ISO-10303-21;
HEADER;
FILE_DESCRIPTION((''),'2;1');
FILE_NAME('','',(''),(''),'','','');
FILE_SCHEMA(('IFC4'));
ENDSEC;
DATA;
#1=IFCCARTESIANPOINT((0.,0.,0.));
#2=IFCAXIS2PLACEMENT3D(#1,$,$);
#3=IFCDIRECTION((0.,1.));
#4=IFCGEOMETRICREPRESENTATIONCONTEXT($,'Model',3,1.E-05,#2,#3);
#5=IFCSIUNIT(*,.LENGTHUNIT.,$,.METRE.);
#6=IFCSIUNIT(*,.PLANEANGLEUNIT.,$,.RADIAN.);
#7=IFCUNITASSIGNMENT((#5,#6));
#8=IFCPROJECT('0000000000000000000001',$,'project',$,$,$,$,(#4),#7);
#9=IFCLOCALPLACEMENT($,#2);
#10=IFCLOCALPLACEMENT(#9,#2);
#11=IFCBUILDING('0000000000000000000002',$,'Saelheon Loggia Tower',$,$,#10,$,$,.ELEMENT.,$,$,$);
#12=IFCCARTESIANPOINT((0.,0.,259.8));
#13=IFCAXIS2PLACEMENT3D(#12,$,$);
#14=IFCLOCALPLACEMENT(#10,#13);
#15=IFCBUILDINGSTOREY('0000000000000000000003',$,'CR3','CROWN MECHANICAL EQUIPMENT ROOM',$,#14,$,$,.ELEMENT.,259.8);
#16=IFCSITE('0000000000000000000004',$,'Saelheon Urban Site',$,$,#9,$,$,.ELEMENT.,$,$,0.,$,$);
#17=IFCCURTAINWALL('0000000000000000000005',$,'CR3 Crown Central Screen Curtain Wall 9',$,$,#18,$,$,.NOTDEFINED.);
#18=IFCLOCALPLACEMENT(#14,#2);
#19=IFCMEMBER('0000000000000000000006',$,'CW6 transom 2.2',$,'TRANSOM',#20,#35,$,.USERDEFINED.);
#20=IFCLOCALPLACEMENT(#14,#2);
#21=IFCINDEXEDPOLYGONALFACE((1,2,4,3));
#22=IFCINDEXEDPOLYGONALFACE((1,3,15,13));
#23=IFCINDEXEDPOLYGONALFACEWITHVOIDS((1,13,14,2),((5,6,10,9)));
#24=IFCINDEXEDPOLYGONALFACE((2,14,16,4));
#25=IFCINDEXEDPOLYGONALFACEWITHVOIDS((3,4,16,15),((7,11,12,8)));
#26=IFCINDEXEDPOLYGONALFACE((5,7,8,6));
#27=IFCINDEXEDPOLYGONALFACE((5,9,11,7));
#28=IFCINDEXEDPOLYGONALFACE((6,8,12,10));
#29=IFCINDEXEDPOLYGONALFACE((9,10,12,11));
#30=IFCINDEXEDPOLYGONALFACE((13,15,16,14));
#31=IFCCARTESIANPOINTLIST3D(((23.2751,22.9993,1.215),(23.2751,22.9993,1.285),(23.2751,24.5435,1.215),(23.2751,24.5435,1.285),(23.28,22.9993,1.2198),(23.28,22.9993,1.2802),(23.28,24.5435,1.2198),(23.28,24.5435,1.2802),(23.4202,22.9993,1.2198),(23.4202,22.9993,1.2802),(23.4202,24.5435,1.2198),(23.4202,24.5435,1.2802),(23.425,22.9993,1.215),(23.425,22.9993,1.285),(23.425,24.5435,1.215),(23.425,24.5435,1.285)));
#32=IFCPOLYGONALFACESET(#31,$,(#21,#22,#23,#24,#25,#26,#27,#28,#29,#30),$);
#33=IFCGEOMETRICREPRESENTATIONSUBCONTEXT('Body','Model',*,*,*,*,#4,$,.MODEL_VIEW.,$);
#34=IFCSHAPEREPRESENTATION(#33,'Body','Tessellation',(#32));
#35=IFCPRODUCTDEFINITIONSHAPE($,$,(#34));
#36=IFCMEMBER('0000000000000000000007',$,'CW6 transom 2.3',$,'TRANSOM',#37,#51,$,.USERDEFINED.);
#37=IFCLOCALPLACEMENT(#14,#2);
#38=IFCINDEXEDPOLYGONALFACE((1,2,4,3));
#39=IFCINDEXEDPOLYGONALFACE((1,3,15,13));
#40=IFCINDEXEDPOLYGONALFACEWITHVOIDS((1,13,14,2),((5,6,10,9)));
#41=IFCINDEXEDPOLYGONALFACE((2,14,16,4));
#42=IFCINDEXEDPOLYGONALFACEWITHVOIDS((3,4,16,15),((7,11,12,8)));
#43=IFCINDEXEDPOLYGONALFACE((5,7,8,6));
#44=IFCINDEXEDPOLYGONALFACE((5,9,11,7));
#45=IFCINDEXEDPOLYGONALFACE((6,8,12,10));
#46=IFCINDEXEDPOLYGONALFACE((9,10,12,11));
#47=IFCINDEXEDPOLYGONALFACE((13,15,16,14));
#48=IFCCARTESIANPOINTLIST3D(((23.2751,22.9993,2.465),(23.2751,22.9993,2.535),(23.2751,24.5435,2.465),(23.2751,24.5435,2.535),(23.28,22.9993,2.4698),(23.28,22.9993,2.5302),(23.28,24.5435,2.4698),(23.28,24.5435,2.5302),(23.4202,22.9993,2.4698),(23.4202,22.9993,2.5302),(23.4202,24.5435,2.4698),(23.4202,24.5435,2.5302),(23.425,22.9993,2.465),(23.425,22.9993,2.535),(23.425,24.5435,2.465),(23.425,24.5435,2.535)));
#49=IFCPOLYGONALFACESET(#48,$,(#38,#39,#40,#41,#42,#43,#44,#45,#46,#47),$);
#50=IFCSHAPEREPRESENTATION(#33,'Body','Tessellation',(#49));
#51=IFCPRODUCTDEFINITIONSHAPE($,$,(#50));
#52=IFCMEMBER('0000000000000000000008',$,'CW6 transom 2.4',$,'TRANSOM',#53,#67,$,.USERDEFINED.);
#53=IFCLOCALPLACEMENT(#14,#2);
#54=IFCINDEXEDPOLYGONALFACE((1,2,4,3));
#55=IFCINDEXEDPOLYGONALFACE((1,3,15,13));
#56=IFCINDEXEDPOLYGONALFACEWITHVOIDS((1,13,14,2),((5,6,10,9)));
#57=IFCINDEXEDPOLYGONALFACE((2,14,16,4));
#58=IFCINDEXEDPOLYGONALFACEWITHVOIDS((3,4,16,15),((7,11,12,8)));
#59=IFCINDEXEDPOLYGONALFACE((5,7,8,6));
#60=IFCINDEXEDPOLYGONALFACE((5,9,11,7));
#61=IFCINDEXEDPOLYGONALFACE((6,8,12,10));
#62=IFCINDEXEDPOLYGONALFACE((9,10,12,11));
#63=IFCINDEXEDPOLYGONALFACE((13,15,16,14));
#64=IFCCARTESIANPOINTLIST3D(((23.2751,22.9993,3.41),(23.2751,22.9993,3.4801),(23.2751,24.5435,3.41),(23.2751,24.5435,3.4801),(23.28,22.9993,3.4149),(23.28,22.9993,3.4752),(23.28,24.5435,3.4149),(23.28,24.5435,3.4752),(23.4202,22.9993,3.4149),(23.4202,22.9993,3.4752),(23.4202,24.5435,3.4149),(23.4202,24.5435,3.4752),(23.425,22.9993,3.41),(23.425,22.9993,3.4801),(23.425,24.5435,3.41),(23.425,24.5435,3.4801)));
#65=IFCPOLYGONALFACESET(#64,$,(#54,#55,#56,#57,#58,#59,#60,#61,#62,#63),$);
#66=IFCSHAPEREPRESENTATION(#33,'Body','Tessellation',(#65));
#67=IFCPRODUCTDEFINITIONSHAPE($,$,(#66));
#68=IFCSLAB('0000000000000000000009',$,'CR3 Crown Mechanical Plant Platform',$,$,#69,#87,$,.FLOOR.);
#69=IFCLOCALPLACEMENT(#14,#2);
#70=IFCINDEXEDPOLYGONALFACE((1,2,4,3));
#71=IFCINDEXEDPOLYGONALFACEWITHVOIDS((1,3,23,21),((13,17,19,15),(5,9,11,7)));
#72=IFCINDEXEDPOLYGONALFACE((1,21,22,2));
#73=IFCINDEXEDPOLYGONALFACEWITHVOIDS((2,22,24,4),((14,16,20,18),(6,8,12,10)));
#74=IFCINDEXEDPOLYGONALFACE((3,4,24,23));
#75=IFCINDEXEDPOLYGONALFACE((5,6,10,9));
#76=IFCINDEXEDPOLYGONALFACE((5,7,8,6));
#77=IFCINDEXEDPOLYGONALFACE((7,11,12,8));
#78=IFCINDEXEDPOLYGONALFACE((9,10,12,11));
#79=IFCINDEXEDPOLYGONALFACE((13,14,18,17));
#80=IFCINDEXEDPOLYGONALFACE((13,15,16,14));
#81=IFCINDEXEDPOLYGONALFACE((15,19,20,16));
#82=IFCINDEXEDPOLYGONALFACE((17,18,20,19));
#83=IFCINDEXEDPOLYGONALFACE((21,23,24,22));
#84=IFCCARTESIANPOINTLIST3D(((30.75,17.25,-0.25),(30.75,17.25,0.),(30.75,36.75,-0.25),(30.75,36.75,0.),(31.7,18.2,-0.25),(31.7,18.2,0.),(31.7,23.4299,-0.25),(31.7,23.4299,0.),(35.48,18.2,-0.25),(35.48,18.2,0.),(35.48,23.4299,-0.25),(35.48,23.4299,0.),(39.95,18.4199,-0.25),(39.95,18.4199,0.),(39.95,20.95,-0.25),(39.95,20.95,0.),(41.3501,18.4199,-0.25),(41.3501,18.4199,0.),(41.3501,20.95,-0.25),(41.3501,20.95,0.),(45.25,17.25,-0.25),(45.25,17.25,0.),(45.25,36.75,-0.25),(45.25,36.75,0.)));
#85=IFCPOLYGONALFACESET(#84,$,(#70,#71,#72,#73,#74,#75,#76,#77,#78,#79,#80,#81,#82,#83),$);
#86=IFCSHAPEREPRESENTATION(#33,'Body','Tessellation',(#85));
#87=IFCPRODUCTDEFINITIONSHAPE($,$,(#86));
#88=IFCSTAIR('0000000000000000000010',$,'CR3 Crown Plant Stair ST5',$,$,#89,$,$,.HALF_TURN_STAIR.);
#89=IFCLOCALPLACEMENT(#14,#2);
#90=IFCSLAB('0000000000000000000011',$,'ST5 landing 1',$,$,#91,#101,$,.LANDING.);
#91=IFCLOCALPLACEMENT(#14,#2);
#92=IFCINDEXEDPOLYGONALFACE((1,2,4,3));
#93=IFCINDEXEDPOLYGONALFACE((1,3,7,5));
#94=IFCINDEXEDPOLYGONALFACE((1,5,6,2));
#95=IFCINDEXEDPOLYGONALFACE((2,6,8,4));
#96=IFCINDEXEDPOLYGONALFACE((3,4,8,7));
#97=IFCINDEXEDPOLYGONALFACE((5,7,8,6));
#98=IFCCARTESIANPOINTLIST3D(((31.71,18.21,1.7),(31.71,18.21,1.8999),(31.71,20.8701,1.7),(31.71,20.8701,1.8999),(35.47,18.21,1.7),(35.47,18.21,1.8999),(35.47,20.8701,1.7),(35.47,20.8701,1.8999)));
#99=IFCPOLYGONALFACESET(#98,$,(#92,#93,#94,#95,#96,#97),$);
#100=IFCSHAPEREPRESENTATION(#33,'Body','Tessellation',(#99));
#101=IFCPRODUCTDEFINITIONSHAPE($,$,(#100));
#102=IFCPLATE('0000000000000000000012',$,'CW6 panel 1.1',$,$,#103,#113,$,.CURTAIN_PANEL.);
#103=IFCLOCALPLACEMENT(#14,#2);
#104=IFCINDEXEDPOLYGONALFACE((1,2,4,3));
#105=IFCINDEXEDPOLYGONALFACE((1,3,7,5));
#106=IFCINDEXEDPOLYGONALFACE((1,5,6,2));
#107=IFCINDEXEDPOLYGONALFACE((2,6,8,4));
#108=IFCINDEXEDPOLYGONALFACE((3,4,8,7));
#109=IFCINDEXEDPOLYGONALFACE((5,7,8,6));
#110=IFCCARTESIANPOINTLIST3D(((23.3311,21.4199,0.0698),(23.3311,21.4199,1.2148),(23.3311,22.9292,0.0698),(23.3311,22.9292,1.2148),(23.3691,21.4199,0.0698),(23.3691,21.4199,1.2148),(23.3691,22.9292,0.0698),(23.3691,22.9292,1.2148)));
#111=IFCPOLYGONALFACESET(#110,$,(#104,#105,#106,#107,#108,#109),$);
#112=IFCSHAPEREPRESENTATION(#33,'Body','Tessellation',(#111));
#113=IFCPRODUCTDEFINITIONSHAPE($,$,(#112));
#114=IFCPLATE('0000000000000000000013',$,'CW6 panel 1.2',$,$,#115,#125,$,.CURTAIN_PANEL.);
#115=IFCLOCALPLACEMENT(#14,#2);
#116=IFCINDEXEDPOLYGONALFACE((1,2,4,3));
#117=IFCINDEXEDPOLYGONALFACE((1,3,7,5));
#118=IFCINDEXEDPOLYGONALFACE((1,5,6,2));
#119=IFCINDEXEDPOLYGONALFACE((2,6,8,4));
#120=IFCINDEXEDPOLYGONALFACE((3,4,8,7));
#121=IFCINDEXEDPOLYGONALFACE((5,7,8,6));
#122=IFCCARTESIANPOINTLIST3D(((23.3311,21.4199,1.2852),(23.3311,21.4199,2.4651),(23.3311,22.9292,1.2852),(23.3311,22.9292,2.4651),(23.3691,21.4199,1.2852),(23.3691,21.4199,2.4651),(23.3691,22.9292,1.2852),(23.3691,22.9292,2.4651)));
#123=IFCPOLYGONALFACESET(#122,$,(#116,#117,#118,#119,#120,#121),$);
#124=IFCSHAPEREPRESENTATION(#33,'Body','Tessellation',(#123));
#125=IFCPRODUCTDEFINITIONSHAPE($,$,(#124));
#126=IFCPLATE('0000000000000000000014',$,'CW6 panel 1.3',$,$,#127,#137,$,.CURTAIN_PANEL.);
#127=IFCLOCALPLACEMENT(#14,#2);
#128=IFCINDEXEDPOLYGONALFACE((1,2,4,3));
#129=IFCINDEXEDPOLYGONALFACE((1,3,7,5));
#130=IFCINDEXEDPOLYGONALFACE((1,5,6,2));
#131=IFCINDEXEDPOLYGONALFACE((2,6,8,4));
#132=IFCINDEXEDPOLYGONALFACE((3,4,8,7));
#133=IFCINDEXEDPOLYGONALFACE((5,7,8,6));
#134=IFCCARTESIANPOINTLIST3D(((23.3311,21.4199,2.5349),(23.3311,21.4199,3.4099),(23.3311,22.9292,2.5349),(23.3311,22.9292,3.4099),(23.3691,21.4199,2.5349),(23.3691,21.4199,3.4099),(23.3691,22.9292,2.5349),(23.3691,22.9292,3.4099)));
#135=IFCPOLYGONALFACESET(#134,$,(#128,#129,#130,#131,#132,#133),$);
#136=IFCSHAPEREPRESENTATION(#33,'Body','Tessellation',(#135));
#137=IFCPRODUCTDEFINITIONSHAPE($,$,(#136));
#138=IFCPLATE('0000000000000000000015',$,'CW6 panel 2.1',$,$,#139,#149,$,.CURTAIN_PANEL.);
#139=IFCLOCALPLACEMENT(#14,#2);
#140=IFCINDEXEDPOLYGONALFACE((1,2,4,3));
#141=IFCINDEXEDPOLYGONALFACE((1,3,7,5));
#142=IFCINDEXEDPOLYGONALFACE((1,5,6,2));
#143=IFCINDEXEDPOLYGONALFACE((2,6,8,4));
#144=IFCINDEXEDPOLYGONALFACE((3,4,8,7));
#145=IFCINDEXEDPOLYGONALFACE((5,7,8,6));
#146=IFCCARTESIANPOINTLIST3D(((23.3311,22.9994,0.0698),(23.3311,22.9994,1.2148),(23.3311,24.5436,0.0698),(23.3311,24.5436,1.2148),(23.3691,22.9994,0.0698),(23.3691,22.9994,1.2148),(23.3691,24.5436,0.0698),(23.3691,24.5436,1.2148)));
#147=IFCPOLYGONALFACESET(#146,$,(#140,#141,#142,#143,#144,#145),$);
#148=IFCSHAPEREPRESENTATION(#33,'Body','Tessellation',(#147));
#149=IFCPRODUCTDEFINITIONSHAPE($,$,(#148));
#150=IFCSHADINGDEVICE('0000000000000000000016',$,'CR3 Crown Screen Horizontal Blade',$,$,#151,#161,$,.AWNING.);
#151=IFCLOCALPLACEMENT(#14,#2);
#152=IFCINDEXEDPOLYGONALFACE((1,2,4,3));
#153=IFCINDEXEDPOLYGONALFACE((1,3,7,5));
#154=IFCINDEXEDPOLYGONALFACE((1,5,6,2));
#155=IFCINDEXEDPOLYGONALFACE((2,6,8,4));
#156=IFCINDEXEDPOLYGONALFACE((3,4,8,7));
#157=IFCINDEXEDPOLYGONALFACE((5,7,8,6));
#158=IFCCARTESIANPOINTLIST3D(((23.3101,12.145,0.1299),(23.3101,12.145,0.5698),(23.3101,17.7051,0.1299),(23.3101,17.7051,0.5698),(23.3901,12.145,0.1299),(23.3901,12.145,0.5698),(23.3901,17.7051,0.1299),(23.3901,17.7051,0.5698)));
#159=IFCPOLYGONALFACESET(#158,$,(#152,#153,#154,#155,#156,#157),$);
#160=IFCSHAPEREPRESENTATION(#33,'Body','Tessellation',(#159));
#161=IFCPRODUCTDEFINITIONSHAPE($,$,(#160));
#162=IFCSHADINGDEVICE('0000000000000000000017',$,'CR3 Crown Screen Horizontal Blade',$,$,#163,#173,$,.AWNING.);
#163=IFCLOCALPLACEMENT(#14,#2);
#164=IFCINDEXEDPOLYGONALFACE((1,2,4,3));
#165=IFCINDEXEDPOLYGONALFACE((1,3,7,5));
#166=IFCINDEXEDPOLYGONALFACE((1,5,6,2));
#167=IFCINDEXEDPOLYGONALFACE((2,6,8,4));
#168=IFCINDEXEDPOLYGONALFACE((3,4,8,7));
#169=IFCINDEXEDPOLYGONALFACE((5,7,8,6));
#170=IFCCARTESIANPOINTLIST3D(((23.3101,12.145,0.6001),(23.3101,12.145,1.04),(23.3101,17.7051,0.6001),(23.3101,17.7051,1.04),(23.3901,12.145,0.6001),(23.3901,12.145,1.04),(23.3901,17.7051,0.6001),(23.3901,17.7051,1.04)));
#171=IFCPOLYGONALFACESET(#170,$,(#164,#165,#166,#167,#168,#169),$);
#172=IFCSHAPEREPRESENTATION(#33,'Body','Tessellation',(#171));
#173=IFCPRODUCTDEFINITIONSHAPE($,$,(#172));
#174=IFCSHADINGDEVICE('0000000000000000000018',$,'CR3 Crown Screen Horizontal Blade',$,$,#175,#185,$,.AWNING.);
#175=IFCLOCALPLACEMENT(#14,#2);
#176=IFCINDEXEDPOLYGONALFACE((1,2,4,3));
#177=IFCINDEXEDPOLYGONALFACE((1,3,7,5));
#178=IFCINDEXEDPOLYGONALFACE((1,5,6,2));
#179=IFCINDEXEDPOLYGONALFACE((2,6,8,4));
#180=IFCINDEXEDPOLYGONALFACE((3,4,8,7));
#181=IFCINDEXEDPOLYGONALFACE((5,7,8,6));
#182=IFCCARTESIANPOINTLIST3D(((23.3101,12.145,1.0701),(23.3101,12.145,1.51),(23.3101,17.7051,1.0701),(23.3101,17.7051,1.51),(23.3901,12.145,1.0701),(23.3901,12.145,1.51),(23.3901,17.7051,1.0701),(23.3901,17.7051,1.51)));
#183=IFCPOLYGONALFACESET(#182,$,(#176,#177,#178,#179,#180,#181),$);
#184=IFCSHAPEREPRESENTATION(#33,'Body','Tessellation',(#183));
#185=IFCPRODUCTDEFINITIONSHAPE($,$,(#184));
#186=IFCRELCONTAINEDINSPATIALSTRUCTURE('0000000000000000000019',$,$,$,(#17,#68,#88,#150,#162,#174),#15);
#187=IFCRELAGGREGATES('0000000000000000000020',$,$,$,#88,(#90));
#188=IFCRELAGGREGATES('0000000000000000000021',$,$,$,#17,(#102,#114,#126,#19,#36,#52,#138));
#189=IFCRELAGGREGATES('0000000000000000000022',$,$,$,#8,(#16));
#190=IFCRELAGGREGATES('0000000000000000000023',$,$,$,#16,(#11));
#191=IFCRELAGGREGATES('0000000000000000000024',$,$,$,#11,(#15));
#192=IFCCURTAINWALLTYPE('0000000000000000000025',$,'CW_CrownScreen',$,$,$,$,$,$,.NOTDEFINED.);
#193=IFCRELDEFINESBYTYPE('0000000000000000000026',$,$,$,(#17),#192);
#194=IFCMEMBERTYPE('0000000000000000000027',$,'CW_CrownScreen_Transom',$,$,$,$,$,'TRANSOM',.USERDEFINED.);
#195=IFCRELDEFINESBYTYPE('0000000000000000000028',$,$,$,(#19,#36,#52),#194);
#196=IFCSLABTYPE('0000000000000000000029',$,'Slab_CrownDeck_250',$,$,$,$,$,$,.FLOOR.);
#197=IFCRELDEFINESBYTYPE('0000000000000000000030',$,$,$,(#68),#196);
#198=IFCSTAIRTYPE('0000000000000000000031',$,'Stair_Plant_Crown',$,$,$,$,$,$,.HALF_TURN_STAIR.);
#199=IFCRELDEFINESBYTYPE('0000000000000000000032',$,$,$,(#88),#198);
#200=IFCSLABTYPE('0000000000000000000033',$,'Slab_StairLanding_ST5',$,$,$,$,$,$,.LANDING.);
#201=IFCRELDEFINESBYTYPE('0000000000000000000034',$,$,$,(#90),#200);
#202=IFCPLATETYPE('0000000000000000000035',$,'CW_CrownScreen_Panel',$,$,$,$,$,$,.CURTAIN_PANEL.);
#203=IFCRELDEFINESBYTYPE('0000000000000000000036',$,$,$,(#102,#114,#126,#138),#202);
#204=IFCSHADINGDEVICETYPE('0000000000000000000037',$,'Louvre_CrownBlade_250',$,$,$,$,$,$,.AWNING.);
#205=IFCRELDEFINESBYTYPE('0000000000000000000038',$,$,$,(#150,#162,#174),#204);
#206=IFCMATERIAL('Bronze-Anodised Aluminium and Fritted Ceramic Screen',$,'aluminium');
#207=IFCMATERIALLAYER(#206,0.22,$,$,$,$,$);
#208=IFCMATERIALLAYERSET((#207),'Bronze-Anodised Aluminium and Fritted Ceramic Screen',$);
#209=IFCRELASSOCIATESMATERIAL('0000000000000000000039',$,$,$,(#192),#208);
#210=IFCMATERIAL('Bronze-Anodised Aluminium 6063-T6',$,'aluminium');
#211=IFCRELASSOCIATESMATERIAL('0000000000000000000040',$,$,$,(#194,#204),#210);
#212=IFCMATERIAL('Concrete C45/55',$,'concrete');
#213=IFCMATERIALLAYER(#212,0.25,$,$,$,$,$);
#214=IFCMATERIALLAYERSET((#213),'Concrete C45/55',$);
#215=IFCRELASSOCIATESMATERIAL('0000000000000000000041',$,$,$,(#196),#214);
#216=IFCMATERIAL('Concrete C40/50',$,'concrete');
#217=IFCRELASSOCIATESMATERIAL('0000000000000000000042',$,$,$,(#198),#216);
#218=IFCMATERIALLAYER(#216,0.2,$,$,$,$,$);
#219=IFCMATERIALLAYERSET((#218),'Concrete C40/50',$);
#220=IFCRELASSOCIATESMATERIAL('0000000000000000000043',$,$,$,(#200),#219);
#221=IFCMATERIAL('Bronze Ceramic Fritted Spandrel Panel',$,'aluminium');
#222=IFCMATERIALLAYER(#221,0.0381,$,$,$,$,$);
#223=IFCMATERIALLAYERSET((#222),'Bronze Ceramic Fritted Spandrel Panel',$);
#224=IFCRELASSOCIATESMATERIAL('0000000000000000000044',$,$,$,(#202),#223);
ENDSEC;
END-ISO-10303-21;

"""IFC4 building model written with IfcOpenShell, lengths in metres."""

from ifc_helpers import new_model, si_unit, direction, frame, origin, origin_2d, place, context, subcontext, project, spatial, polyline, rectangle, hollow_rectangle, outline, extrude, source, transform, mapped, material, layer, layer_set, material_profile, profile_set, type_object, element, aggregate, save


model = new_model("IFC4")

# Units and contexts
model_context = context("Model", 3, precision=1e-05, world=origin(), true_north=direction((0.0, 1.0)))
body_context = subcontext(model_context, "Body", "Model", "MODEL_VIEW")
ifc_project = project(units=[si_unit("LENGTHUNIT", "METRE"), si_unit("PLANEANGLEUNIT", "RADIAN")], contexts=[model_context])

# Site, building, storey
site_placement = place(None, origin())
site = spatial("IfcSite", under=ifc_project, at=site_placement, Name="Saelheon Urban Site", CompositionType="ELEMENT", RefElevation=0.0)
building_placement = place(site_placement, origin())
building = spatial("IfcBuilding", under=site, at=building_placement, Name="Saelheon Loggia Tower", CompositionType="ELEMENT")
storey_placement = place(building_placement, frame((0.0, 0.0, 259.8)))
storey = spatial("IfcBuildingStorey", under=building, at=storey_placement, Name="CR3", Description="CROWN MECHANICAL EQUIPMENT ROOM", CompositionType="ELEMENT", Elevation=259.8)

# Curtain wall, members
ifc_material_1 = material(Name="Bronze-Anodised Aluminium and Fritted Ceramic Screen", Category="aluminium")
ifc_layer_1 = layer(ifc_material_1, 0.22)
ifc_layer_set_1 = layer_set([ifc_layer_1], Name="Bronze-Anodised Aluminium and Fritted Ceramic Screen")
curtain_wall_type = type_object("IfcCurtainWallType", Name="CW_CrownScreen", PredefinedType="NOTDEFINED", material=ifc_layer_set_1)
curtain_wall_placement = place(storey_placement, origin())
curtain_wall = element("IfcCurtainWall", 1, at=curtain_wall_placement, inside=storey, type_object=curtain_wall_type, Name="CR3 Crown Central Screen Curtain Wall 9", PredefinedType="NOTDEFINED")
ifc_material_2 = material(Name="Bronze-Anodised Aluminium 6063-T6", Category="aluminium")
ifc_material_profile_1 = material_profile(ifc_material_2, hollow_rectangle(XDim=0.0701, YDim=0.1499, WallThickness=0.0049, at=origin_2d()), Name="RHS-150x70x5")
ifc_profile_set_1 = profile_set([ifc_material_profile_1], Name="Bronze-Anodised Aluminium 6063-T6")
member_type_1 = type_object("IfcMemberType", Name="CW_CrownScreen_Transom", ElementType="TRANSOM", PredefinedType="USERDEFINED", material=ifc_profile_set_1)
shared_shape_1 = source(origin(), body_context, "Body", "SweptSolid", [
    extrude(hollow_rectangle(XDim=0.0701, YDim=0.1499, WallThickness=0.0049, at=origin_2d()), origin(), (0.0, 0.0, 1.0), 1.5442),
])
member_1_placement = place(storey_placement, frame((23.3501, 22.9993, 1.25), z_axis=(0.0, 1.0, 0.0), x_axis=(0.0, 0.0, 1.0)))
member_1 = element("IfcMember", 2, at=member_1_placement, type_object=member_type_1, Name="CW6 transom 2.2", ObjectType="TRANSOM", PredefinedType="USERDEFINED", context=body_context, shape_type="MappedRepresentation", body=[
    mapped(shared_shape_1, transform((0.0, 0.0, 0.0), scale=1.0)),
])
member_2_placement = place(storey_placement, frame((23.3501, 22.9993, 2.5), z_axis=(0.0, 1.0, 0.0), x_axis=(0.0, 0.0, 1.0)))
member_2 = element("IfcMember", 3, at=member_2_placement, type_object=member_type_1, Name="CW6 transom 2.3", ObjectType="TRANSOM", PredefinedType="USERDEFINED", context=body_context, shape_type="MappedRepresentation", body=[
    mapped(shared_shape_1, transform((0.0, 0.0, 0.0), scale=1.0)),
])
member_3_placement = place(storey_placement, frame((23.3501, 22.9993, 3.4451), z_axis=(0.0, 1.0, 0.0), x_axis=(0.0, 0.0, 1.0)))
member_3 = element("IfcMember", 4, at=member_3_placement, type_object=member_type_1, Name="CW6 transom 2.4", ObjectType="TRANSOM", PredefinedType="USERDEFINED", context=body_context, shape_type="MappedRepresentation", body=[
    mapped(shared_shape_1, transform((0.0, 0.0, 0.0), scale=1.0)),
])

# Slab
ifc_material_3 = material(Name="Concrete C45/55", Category="concrete")
ifc_layer_2 = layer(ifc_material_3, 0.25)
ifc_layer_set_2 = layer_set([ifc_layer_2], Name="Concrete C45/55")
slab_type_1 = type_object("IfcSlabType", Name="Slab_CrownDeck_250", PredefinedType="FLOOR", material=ifc_layer_set_2)
slab_1_placement = place(storey_placement, frame((0.0, 0.0, -0.25)))
element("IfcSlab", 5, at=slab_1_placement, inside=storey, type_object=slab_type_1, Name="CR3 Crown Mechanical Plant Platform", PredefinedType="FLOOR", context=body_context, shape_type="SweptSolid", body=[
    extrude(outline(polyline([(30.75, 17.25), (45.25, 17.25), (45.25, 36.75), (30.75, 36.75), (30.75, 17.25)]), holes=[polyline([(31.7, 23.4299), (31.7, 18.2), (35.48, 18.2), (35.48, 23.4299), (31.7, 23.4299)]), polyline([(39.95, 18.4199), (41.3501, 18.4199), (41.3501, 20.95), (39.95, 20.95), (39.95, 18.4199)])]), origin(), (0.0, 0.0, 1.0), 0.25),
])

# Stair, slab
ifc_material_4 = material(Name="Concrete C40/50", Category="concrete")
stair_type = type_object("IfcStairType", Name="Stair_Plant_Crown", PredefinedType="HALF_TURN_STAIR", material=ifc_material_4)
stair_placement = place(storey_placement, origin())
stair = element("IfcStair", 6, at=stair_placement, inside=storey, type_object=stair_type, Name="CR3 Crown Plant Stair ST5", PredefinedType="HALF_TURN_STAIR")
ifc_layer_3 = layer(ifc_material_4, 0.2)
ifc_layer_set_3 = layer_set([ifc_layer_3], Name="Concrete C40/50")
slab_type_2 = type_object("IfcSlabType", Name="Slab_StairLanding_ST5", PredefinedType="LANDING", material=ifc_layer_set_3)
slab_2_placement = place(storey_placement, frame((0.0, 0.0, 1.7)))
slab_2 = element("IfcSlab", 7, at=slab_2_placement, type_object=slab_type_2, Name="ST5 landing 1", PredefinedType="LANDING", context=body_context, shape_type="SweptSolid", body=[
    extrude(outline(polyline([(31.71, 20.8701), (31.71, 18.21), (35.47, 18.21), (35.47, 20.8701), (31.71, 20.8701)])), origin(), (0.0, 0.0, 1.0), 0.2),
])
aggregate(stair, [slab_2])

# Plates
ifc_material_5 = material(Name="Bronze Ceramic Fritted Spandrel Panel", Category="aluminium")
ifc_layer_4 = layer(ifc_material_5, 0.0381)
ifc_layer_set_4 = layer_set([ifc_layer_4], Name="Bronze Ceramic Fritted Spandrel Panel")
plate_type = type_object("IfcPlateType", Name="CW_CrownScreen_Panel", PredefinedType="CURTAIN_PANEL", material=ifc_layer_set_4)
shared_shape_2 = source(origin(), body_context, "Body", "SweptSolid", [
    extrude(rectangle(XDim=1.5093, YDim=0.0381, at=origin_2d()), origin(), (0.0, 0.0, 1.0), 1.145),
])
plate_1_placement = place(storey_placement, frame((23.3501, 22.1746, 0.0698), z_axis=(0.0, 0.0, 1.0), x_axis=(0.0, 1.0, 0.0)))
plate_1 = element("IfcPlate", 8, at=plate_1_placement, type_object=plate_type, Name="CW6 panel 1.1", PredefinedType="CURTAIN_PANEL", context=body_context, shape_type="MappedRepresentation", body=[
    mapped(shared_shape_2, transform((0.0, 0.0, 0.0), scale=1.0)),
])
shared_shape_3 = source(origin(), body_context, "Body", "SweptSolid", [
    extrude(rectangle(XDim=1.5093, YDim=0.0381, at=origin_2d()), origin(), (0.0, 0.0, 1.0), 1.1799),
])
plate_2_placement = place(storey_placement, frame((23.3501, 22.1746, 1.2852), z_axis=(0.0, 0.0, 1.0), x_axis=(0.0, 1.0, 0.0)))
plate_2 = element("IfcPlate", 9, at=plate_2_placement, type_object=plate_type, Name="CW6 panel 1.2", PredefinedType="CURTAIN_PANEL", context=body_context, shape_type="MappedRepresentation", body=[
    mapped(shared_shape_3, transform((0.0, 0.0, 0.0), scale=1.0)),
])
shared_shape_4 = source(origin(), body_context, "Body", "SweptSolid", [
    extrude(rectangle(XDim=1.5093, YDim=0.0381, at=origin_2d()), origin(), (0.0, 0.0, 1.0), 0.875),
])
plate_3_placement = place(storey_placement, frame((23.3501, 22.1746, 2.5349), z_axis=(0.0, 0.0, 1.0), x_axis=(0.0, 1.0, 0.0)))
plate_3 = element("IfcPlate", 10, at=plate_3_placement, type_object=plate_type, Name="CW6 panel 1.3", PredefinedType="CURTAIN_PANEL", context=body_context, shape_type="MappedRepresentation", body=[
    mapped(shared_shape_4, transform((0.0, 0.0, 0.0), scale=1.0)),
])
shared_shape_5 = source(origin(), body_context, "Body", "SweptSolid", [
    extrude(rectangle(XDim=1.5442, YDim=0.0381, at=origin_2d()), origin(), (0.0, 0.0, 1.0), 1.145),
])
plate_4_placement = place(storey_placement, frame((23.3501, 23.7715, 0.0698), z_axis=(0.0, 0.0, 1.0), x_axis=(0.0, 1.0, 0.0)))
plate_4 = element("IfcPlate", 11, at=plate_4_placement, type_object=plate_type, Name="CW6 panel 2.1", PredefinedType="CURTAIN_PANEL", context=body_context, shape_type="MappedRepresentation", body=[
    mapped(shared_shape_5, transform((0.0, 0.0, 0.0), scale=1.0)),
])
aggregate(curtain_wall, [plate_1, plate_2, plate_3, member_1, member_2, member_3, plate_4])

# Shading devices
ifc_material_profile_2 = material_profile(ifc_material_2, rectangle(XDim=0.0801, YDim=0.4399, at=origin_2d()), Name="Louvre_CrownBlade_250")
ifc_profile_set_2 = profile_set([ifc_material_profile_2], Name="Bronze-Anodised Aluminium 6063-T6")
shading_device_type = type_object("IfcShadingDeviceType", Name="Louvre_CrownBlade_250", PredefinedType="AWNING", material=ifc_profile_set_2)
shared_shape_6 = source(origin(), body_context, "Body", "SweptSolid", [
    extrude(rectangle(XDim=0.0801, YDim=0.4399, at=origin_2d()), origin(), (0.0, 0.0, 1.0), 5.5601),
])
for number, where, z_axis, x_axis, name in (
    (12, (23.3501, 17.7051, 0.3499), (0.0, -1.0, 0.0), (1.0, 0.0, 0.0), "CR3 Crown Screen Horizontal Blade"),
    (13, (23.3501, 17.7051, 0.8201), (0.0, -1.0, 0.0), (1.0, 0.0, 0.0), "CR3 Crown Screen Horizontal Blade"),
    (14, (23.3501, 17.7051, 1.29), (0.0, -1.0, 0.0), (1.0, 0.0, 0.0), "CR3 Crown Screen Horizontal Blade"),
):
    element("IfcShadingDevice", number, at=place(storey_placement, frame(where, z_axis=z_axis, x_axis=x_axis)), inside=storey, type_object=shading_device_type, Name=name, PredefinedType="AWNING", context=body_context, shape_type="MappedRepresentation", body=[
        mapped(shared_shape_6, transform((0.0, 0.0, 0.0), scale=1.0)),
    ])

save(model, "model.ifc")
